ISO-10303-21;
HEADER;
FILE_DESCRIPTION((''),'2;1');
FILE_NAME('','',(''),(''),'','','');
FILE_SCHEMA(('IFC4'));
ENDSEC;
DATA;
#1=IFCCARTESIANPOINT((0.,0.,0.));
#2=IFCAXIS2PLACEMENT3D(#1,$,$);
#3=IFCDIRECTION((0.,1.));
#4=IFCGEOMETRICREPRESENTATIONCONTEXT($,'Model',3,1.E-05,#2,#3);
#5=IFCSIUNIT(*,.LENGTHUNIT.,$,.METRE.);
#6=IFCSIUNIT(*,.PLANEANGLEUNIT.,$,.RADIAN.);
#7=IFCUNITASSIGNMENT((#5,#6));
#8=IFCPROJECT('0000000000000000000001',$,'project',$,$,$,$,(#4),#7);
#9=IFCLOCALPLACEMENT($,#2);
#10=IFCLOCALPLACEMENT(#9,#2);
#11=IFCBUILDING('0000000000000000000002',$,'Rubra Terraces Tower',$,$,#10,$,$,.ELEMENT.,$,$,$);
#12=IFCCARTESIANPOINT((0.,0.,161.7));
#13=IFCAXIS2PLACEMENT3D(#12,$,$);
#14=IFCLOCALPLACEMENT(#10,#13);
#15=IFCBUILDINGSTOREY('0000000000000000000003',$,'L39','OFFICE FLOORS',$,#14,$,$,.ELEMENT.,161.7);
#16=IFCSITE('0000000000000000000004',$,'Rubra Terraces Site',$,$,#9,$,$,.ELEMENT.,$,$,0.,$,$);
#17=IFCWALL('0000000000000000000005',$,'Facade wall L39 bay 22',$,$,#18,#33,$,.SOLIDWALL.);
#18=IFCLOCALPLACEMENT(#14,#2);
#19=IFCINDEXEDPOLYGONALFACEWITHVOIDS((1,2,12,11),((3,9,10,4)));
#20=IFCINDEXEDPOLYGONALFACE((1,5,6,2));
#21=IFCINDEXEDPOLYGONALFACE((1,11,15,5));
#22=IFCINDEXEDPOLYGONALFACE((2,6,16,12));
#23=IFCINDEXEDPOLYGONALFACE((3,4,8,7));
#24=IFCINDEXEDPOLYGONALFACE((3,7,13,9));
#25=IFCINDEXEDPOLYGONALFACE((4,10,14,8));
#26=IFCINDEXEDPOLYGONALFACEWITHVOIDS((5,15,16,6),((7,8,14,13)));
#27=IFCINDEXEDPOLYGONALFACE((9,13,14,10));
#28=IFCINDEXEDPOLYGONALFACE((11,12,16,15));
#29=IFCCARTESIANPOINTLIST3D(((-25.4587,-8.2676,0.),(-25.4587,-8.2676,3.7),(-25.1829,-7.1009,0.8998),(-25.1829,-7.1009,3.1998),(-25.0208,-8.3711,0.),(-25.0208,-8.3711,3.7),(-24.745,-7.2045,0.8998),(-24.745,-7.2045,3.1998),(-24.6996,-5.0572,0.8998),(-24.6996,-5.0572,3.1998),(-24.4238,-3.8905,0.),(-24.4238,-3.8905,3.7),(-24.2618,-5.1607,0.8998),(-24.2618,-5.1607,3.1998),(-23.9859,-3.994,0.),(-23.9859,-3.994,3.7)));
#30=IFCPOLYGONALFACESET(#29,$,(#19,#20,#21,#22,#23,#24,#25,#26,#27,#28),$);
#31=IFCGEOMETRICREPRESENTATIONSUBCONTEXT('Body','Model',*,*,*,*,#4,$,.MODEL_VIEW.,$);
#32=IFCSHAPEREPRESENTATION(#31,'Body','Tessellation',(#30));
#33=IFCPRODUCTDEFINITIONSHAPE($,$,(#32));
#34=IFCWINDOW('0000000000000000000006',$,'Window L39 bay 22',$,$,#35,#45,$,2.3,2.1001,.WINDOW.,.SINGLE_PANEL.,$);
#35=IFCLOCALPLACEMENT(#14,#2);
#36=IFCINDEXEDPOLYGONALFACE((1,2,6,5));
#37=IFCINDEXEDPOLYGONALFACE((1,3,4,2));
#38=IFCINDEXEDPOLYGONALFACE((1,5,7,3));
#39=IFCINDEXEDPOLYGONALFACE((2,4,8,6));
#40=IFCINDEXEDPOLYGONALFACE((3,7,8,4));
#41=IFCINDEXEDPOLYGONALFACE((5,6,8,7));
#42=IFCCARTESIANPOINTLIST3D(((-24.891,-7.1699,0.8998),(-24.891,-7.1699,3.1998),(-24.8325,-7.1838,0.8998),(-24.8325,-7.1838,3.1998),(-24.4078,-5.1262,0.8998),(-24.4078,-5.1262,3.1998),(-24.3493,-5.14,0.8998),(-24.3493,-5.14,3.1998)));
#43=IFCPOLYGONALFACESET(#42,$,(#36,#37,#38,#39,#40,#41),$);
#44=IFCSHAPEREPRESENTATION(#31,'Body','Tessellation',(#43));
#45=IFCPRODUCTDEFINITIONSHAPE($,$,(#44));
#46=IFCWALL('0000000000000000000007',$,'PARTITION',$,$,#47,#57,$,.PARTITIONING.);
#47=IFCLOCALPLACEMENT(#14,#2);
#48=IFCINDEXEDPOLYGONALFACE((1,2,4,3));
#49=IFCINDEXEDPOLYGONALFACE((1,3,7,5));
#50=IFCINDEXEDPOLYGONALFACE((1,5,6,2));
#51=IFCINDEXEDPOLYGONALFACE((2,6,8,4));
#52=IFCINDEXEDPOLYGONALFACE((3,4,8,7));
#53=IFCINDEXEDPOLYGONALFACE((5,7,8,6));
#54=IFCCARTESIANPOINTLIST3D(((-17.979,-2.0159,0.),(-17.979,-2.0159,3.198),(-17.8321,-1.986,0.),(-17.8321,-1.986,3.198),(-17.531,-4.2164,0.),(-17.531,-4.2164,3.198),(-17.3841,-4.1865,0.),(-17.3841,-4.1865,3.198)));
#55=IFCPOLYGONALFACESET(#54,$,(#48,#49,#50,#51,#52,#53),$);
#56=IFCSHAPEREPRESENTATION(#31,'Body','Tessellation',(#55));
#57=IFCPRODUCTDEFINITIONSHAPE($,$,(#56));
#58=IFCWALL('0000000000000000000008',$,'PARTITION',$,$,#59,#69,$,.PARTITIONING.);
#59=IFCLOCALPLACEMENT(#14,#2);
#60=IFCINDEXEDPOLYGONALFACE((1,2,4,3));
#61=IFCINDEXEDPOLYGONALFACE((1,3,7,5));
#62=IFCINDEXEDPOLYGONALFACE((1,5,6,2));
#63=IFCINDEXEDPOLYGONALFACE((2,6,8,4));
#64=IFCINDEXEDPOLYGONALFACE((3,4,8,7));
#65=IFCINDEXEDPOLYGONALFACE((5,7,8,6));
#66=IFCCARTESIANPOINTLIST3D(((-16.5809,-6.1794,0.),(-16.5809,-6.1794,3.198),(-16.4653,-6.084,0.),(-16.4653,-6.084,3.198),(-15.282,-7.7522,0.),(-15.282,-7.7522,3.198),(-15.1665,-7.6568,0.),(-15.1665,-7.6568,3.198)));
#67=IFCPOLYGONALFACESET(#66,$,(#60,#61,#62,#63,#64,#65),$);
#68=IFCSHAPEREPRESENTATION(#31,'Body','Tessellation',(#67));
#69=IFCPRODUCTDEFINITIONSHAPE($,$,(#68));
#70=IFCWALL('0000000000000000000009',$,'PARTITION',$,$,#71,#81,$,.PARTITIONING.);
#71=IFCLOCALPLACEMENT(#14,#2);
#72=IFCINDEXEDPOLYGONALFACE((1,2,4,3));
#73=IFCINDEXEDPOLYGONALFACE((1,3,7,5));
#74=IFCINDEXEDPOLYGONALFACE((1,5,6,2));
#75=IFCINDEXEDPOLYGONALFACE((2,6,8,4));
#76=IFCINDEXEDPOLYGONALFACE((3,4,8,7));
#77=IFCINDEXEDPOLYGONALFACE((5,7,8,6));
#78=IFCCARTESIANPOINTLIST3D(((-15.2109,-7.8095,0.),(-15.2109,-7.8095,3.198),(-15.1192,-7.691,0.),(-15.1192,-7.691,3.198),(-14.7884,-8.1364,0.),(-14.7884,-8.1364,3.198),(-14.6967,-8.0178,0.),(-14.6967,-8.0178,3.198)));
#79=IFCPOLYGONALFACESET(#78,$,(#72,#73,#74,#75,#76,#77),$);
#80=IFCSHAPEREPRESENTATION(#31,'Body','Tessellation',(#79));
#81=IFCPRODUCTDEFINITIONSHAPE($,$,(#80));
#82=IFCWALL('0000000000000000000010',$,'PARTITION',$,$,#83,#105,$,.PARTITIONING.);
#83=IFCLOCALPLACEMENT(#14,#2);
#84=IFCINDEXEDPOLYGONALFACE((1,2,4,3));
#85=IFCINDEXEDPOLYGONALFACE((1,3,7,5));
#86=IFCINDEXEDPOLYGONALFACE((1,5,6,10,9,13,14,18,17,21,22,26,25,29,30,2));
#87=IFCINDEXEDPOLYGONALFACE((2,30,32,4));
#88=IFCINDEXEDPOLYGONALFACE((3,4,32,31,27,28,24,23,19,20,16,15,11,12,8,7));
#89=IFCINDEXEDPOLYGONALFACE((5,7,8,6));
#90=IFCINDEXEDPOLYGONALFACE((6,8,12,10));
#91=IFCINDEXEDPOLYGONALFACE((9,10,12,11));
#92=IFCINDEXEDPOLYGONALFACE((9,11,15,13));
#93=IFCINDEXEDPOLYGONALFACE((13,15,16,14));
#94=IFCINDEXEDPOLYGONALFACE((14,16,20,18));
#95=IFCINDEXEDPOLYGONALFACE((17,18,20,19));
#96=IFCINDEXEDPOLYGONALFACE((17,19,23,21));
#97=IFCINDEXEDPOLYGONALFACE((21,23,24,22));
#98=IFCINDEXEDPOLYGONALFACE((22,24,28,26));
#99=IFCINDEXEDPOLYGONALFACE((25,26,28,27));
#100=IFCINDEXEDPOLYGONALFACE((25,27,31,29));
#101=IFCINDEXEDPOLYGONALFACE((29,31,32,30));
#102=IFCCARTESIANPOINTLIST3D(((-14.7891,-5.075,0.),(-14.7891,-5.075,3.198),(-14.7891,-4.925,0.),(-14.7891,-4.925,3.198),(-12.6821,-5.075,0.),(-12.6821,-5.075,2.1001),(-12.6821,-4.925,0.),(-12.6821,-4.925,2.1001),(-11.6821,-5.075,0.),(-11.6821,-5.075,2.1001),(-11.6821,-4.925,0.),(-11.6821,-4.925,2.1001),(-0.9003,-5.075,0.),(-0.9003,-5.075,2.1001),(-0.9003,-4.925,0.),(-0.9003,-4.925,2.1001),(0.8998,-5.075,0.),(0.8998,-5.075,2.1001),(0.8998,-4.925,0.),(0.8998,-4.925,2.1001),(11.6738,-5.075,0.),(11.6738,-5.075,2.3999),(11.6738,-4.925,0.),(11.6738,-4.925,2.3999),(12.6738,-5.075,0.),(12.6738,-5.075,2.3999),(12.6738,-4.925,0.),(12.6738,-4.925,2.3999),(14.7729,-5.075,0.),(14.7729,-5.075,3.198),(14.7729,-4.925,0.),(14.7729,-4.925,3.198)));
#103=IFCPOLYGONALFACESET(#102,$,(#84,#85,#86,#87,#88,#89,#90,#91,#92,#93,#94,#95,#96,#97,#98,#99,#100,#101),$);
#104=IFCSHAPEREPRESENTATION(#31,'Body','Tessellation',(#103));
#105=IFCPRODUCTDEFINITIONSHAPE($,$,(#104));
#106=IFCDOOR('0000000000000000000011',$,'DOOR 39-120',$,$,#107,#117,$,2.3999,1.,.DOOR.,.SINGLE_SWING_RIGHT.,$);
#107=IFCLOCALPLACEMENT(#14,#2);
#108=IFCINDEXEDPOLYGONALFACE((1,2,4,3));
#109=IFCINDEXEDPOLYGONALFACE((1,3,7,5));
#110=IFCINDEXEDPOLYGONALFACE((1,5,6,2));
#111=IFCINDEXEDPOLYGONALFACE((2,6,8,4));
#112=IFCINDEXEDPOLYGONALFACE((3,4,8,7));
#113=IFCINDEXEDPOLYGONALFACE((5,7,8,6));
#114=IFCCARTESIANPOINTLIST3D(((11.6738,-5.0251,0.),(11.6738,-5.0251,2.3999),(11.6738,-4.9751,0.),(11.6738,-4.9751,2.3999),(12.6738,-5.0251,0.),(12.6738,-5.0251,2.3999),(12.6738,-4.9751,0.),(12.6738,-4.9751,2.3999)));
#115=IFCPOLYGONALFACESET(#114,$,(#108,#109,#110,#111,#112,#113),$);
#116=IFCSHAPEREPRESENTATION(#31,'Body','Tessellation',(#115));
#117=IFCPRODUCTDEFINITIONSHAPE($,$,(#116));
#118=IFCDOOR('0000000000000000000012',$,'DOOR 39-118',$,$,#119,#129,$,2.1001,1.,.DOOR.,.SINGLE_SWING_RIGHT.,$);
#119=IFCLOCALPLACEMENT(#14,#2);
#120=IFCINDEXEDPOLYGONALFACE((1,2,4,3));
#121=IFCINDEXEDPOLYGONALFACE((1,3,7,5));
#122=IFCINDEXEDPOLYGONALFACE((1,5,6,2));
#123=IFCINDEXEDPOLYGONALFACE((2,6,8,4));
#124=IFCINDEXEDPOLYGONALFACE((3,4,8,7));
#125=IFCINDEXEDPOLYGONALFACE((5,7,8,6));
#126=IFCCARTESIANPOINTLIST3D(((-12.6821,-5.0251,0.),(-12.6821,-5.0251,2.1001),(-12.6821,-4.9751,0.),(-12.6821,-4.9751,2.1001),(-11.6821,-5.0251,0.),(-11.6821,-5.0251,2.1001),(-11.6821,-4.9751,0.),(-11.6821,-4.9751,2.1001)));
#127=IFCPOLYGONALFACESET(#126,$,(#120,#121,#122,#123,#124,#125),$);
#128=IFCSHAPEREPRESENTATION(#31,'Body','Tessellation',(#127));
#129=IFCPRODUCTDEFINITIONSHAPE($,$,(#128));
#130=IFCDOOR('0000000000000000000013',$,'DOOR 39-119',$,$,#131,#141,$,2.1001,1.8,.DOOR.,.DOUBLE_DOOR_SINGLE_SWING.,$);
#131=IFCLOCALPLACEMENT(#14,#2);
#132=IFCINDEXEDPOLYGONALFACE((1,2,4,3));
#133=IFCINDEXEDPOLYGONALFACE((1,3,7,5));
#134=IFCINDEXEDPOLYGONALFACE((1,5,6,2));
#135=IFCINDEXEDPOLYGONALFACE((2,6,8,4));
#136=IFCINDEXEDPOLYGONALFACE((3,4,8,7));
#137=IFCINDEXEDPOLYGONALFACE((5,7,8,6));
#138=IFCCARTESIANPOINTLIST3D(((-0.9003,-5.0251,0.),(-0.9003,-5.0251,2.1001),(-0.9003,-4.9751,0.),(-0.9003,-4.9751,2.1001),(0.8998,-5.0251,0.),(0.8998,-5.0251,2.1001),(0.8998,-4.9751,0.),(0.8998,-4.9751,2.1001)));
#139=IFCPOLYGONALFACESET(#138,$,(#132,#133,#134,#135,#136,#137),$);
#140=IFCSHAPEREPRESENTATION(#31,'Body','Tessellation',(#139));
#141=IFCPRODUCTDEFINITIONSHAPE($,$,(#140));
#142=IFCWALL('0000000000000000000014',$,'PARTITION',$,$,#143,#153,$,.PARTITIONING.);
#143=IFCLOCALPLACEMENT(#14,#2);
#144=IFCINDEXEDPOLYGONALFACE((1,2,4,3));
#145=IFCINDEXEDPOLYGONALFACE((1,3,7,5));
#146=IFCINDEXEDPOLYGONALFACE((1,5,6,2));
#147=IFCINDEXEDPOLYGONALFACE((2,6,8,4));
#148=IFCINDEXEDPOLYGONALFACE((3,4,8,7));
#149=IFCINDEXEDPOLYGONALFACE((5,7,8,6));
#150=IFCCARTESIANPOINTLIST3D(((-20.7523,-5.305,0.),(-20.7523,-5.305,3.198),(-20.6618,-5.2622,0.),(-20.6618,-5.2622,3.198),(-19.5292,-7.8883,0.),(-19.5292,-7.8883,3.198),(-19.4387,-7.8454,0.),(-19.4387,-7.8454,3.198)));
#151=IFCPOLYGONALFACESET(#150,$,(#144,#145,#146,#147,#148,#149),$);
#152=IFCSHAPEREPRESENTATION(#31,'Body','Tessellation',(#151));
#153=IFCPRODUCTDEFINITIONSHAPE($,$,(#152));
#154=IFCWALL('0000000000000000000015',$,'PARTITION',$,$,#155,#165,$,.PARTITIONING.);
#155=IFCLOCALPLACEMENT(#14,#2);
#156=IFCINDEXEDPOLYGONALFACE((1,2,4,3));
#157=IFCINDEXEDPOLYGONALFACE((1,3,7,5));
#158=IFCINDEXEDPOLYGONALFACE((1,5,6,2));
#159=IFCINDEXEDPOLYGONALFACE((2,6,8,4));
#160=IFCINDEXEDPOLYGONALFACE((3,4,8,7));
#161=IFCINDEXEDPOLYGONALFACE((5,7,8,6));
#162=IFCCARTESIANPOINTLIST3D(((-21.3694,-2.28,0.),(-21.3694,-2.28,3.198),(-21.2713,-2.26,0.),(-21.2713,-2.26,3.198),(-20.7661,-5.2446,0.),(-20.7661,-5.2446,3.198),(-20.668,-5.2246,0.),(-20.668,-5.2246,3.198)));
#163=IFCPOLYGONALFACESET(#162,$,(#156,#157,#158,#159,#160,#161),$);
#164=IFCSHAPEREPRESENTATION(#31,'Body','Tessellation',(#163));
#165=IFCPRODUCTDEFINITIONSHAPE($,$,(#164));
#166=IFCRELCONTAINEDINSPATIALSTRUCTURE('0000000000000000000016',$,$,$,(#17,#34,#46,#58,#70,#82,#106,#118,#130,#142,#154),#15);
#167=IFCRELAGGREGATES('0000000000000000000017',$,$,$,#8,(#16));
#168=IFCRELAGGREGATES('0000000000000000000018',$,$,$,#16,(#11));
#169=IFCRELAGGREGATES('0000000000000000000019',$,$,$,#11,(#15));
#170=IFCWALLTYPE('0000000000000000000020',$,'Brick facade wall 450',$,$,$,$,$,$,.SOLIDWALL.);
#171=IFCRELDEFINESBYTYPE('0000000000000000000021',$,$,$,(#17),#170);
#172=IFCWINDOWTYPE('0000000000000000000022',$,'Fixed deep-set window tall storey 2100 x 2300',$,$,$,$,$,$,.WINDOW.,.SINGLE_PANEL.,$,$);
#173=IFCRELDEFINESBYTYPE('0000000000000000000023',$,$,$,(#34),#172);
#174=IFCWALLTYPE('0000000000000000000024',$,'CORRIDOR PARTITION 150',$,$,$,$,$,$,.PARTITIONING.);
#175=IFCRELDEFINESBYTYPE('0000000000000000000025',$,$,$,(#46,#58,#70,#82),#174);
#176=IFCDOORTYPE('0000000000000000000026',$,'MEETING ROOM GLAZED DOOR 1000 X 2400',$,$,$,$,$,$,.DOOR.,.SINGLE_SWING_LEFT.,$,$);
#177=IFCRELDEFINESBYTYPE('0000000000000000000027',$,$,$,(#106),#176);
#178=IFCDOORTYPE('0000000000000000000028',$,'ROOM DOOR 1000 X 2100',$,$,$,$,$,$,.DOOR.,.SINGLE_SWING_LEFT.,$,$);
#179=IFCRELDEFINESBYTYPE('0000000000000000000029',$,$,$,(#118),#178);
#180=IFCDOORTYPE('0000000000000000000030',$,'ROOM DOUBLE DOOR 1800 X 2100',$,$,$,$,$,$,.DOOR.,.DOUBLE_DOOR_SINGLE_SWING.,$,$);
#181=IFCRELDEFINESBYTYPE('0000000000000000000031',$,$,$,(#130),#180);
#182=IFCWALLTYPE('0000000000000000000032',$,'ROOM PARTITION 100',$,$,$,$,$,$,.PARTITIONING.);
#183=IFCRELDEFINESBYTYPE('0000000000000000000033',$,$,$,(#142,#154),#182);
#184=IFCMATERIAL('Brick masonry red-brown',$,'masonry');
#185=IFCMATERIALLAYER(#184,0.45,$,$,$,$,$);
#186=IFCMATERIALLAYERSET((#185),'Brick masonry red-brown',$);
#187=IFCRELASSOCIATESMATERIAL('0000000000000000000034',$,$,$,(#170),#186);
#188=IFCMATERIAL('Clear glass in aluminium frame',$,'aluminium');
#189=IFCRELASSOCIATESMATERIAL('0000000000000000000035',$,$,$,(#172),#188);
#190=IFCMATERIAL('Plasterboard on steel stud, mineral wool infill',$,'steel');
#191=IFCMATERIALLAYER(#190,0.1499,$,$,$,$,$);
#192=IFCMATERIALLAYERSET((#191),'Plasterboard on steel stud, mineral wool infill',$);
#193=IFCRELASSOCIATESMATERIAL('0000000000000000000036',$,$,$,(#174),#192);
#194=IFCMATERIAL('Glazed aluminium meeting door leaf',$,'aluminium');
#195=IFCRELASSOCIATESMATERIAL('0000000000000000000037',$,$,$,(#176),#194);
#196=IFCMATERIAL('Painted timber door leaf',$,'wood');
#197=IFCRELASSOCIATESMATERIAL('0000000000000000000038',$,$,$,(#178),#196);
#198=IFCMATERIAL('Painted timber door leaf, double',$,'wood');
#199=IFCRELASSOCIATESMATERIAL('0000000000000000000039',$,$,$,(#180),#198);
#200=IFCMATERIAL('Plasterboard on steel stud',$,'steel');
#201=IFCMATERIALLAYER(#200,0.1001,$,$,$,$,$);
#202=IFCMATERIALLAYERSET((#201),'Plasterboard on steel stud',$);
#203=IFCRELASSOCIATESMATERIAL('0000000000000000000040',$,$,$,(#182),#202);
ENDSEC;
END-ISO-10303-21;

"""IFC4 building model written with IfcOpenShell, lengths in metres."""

from ifc_helpers import new_model, si_unit, direction, frame, frame_2d, origin, place, context, subcontext, project, spatial, rectangle, extrude, material, layer, layer_set, type_object, element, fill, save


model = new_model("IFC4")

# Units and contexts
model_context = context("Model", 3, precision=1e-05, world=origin(), true_north=direction((0.0, 1.0)))
body_context = subcontext(model_context, "Body", "Model", "MODEL_VIEW")
ifc_project = project(units=[si_unit("LENGTHUNIT", "METRE"), si_unit("PLANEANGLEUNIT", "RADIAN")], contexts=[model_context])

# Site, building, storey
site_placement = place(None, origin())
site = spatial("IfcSite", under=ifc_project, at=site_placement, Name="Rubra Terraces Site", CompositionType="ELEMENT", RefElevation=0.0)
building_placement = place(site_placement, origin())
building = spatial("IfcBuilding", under=site, at=building_placement, Name="Rubra Terraces Tower", CompositionType="ELEMENT")
storey_placement = place(building_placement, frame((0.0, 0.0, 161.7)))
storey = spatial("IfcBuildingStorey", under=building, at=storey_placement, Name="L39", Description="OFFICE FLOORS", CompositionType="ELEMENT", Elevation=161.7)

# Wall, opening, window
ifc_material_1 = material(Name="Brick masonry red-brown", Category="masonry")
ifc_layer_1 = layer(ifc_material_1, 0.45)
ifc_layer_set_1 = layer_set([ifc_layer_1], Name="Brick masonry red-brown")
wall_type_1 = type_object("IfcWallType", Name="Brick facade wall 450", PredefinedType="SOLIDWALL", material=ifc_layer_set_1)
ifc_material_2 = material(Name="Clear glass in aluminium frame", Category="aluminium")
window_type = type_object("IfcWindowType", Name="Fixed deep-set window tall storey 2100 x 2300", PartitioningType="SINGLE_PANEL", PredefinedType="WINDOW", material=ifc_material_2)
wall_1_placement = place(storey_placement, frame((-24.2048, -3.9421, 0.0), z_axis=(0.0, 0.0, 1.0), x_axis=(-0.230089, -0.97317, 0.0)))
wall_1 = element("IfcWall", 1, at=wall_1_placement, inside=storey, type_object=wall_type_1, Name="Facade wall L39 bay 22", PredefinedType="SOLIDWALL", context=body_context, shape_type="SweptSolid", body=[
    extrude(rectangle(XDim=4.4978, YDim=0.45, at=frame_2d((2.249, 0.0))), origin(), (0.0, 0.0, 1.0), 3.7),
])
opening_1_placement = place(wall_1_placement, frame((1.199, 0.0, 0.8999)))
opening_1 = element("IfcOpeningElement", 2, at=opening_1_placement, cuts=wall_1, PredefinedType="OPENING", context=body_context, shape_type="SweptSolid", body=[
    extrude(rectangle(XDim=2.1001, YDim=2.3, at=frame_2d((1.05, 1.1499))), frame((0.0, 0.2349, 0.0), z_axis=(0.0, -1.0, 0.0), x_axis=(1.0, 0.0, 0.0)), (0.0, 0.0, 1.0), 0.47),
])
window_1_placement = place(opening_1_placement, origin())
window_1 = element("IfcWindow", 3, at=window_1_placement, inside=storey, type_object=window_type, Name="Window L39 bay 22", OverallHeight=2.3, OverallWidth=2.1001, PartitioningType="SINGLE_PANEL", PredefinedType="WINDOW", context=body_context, shape_type="SweptSolid", body=[
    extrude(rectangle(XDim=2.1001, YDim=2.3, at=frame_2d((1.05, 1.1499))), frame((0.0, 0.135, 0.0), z_axis=(0.0, -1.0, 0.0), x_axis=(1.0, 0.0, 0.0)), (0.0, 0.0, 1.0), 0.0601),
])
fill(opening_1, window_1)

# Wall
ifc_material_3 = material(Name="Plasterboard on steel stud, mineral wool infill", Category="steel")
ifc_layer_2 = layer(ifc_material_3, 0.1499)
ifc_layer_set_2 = layer_set([ifc_layer_2], Name="Plasterboard on steel stud, mineral wool infill")
wall_type_2 = type_object("IfcWallType", Name="CORRIDOR PARTITION 150", PredefinedType="PARTITIONING", material=ifc_layer_set_2)
wall_2_placement = place(storey_placement, frame((-17.9055, -2.001, 0.0), z_axis=(0.0, 0.0, 1.0), x_axis=(0.199502, -0.979897, 0.0)))
element("IfcWall", 4, at=wall_2_placement, inside=storey, type_object=wall_type_2, Name="PARTITION", PredefinedType="PARTITIONING", context=body_context, shape_type="SweptSolid", body=[
    extrude(rectangle(XDim=2.2456, YDim=0.1499, at=frame_2d((1.1228, 0.0))), origin(), (0.0, 0.0, 1.0), 3.198),
])

# Shared definitions
ifc_material_4 = material(Name="Glazed aluminium meeting door leaf", Category="aluminium")
door_type_1 = type_object("IfcDoorType", Name="MEETING ROOM GLAZED DOOR 1000 X 2400", OperationType="SINGLE_SWING_LEFT", PredefinedType="DOOR", material=ifc_material_4)

# Walls
wall_3_placement = place(storey_placement, frame((-16.5232, -6.1316, 0.0), z_axis=(0.0, 0.0, 1.0), x_axis=(0.636764, -0.771059, 0.0)))
element("IfcWall", 5, at=wall_3_placement, inside=storey, type_object=wall_type_2, Name="PARTITION", PredefinedType="PARTITIONING", context=body_context, shape_type="SweptSolid", body=[
    extrude(rectangle(XDim=2.0398, YDim=0.1499, at=frame_2d((1.02, 0.0))), origin(), (0.0, 0.0, 1.0), 3.198),
])
wall_4_placement = place(storey_placement, frame((-15.165, -7.7502, 0.0), z_axis=(0.0, 0.0, 1.0), x_axis=(0.790973, -0.611851, 0.0)))
element("IfcWall", 6, at=wall_4_placement, inside=storey, type_object=wall_type_2, Name="PARTITION", PredefinedType="PARTITIONING", context=body_context, shape_type="SweptSolid", body=[
    extrude(rectangle(XDim=0.5342, YDim=0.1499, at=frame_2d((0.2671, 0.0))), origin(), (0.0, 0.0, 1.0), 3.198),
])

# Wall, openings, doors
wall_5_placement = place(storey_placement, frame((-14.7891, -5.0, 0.0), z_axis=(0.0, 0.0, 1.0), x_axis=(1.0, 0.0, 0.0)))
wall_5 = element("IfcWall", 7, at=wall_5_placement, inside=storey, type_object=wall_type_2, Name="PARTITION", PredefinedType="PARTITIONING", context=body_context, shape_type="SweptSolid", body=[
    extrude(rectangle(XDim=29.562, YDim=0.1499, at=frame_2d((14.781, 0.0))), origin(), (0.0, 0.0, 1.0), 3.198),
])
opening_2_placement = place(wall_5_placement, frame((2.1069, 0.0, 0.0)))
opening_2 = element("IfcOpeningElement", 8, at=opening_2_placement, cuts=wall_5, PredefinedType="OPENING", context=body_context, shape_type="SweptSolid", body=[
    extrude(rectangle(XDim=1.0, YDim=2.1001, at=frame_2d((0.5, 1.05))), frame((0.0, 0.085, 0.0), z_axis=(0.0, -1.0, 0.0), x_axis=(1.0, 0.0, 0.0)), (0.0, 0.0, 1.0), 0.1699),
])
opening_3_placement = place(wall_5_placement, frame((13.8889, 0.0, 0.0)))
opening_3 = element("IfcOpeningElement", 9, at=opening_3_placement, cuts=wall_5, PredefinedType="OPENING", context=body_context, shape_type="SweptSolid", body=[
    extrude(rectangle(XDim=1.8, YDim=2.1001, at=frame_2d((0.8999, 1.05))), frame((0.0, 0.085, 0.0), z_axis=(0.0, -1.0, 0.0), x_axis=(1.0, 0.0, 0.0)), (0.0, 0.0, 1.0), 0.1699),
])
opening_4_placement = place(wall_5_placement, frame((26.4629, 0.0, 0.0)))
opening_4 = element("IfcOpeningElement", 10, at=opening_4_placement, cuts=wall_5, PredefinedType="OPENING", context=body_context, shape_type="SweptSolid", body=[
    extrude(rectangle(XDim=1.0, YDim=2.3999, at=frame_2d((0.5, 1.2))), frame((0.0, 0.085, 0.0), z_axis=(0.0, -1.0, 0.0), x_axis=(1.0, 0.0, 0.0)), (0.0, 0.0, 1.0), 0.1699),
])
door_1_placement = place(opening_4_placement, origin())
door_1 = element("IfcDoor", 11, at=door_1_placement, inside=storey, type_object=door_type_1, Name="DOOR 39-120", OperationType="SINGLE_SWING_RIGHT", OverallHeight=2.3999, OverallWidth=1.0, PredefinedType="DOOR", context=body_context, shape_type="SweptSolid", body=[
    extrude(rectangle(XDim=1.0, YDim=2.3999, at=frame_2d((0.5, 1.2))), frame((0.0, 0.0249, 0.0), z_axis=(0.0, -1.0, 0.0), x_axis=(1.0, 0.0, 0.0)), (0.0, 0.0, 1.0), 0.05),
])
fill(opening_4, door_1)
ifc_material_5 = material(Name="Painted timber door leaf", Category="wood")
door_type_2 = type_object("IfcDoorType", Name="ROOM DOOR 1000 X 2100", OperationType="SINGLE_SWING_LEFT", PredefinedType="DOOR", material=ifc_material_5)
door_2_placement = place(opening_2_placement, origin())
door_2 = element("IfcDoor", 12, at=door_2_placement, inside=storey, type_object=door_type_2, Name="DOOR 39-118", OperationType="SINGLE_SWING_RIGHT", OverallHeight=2.1001, OverallWidth=1.0, PredefinedType="DOOR", context=body_context, shape_type="SweptSolid", body=[
    extrude(rectangle(XDim=1.0, YDim=2.1001, at=frame_2d((0.5, 1.05))), frame((0.0, 0.0249, 0.0), z_axis=(0.0, -1.0, 0.0), x_axis=(1.0, 0.0, 0.0)), (0.0, 0.0, 1.0), 0.05),
])
fill(opening_2, door_2)
ifc_material_6 = material(Name="Painted timber door leaf, double", Category="wood")
door_type_3 = type_object("IfcDoorType", Name="ROOM DOUBLE DOOR 1800 X 2100", OperationType="DOUBLE_DOOR_SINGLE_SWING", PredefinedType="DOOR", material=ifc_material_6)
door_3_placement = place(opening_3_placement, origin())
door_3 = element("IfcDoor", 13, at=door_3_placement, inside=storey, type_object=door_type_3, Name="DOOR 39-119", OperationType="DOUBLE_DOOR_SINGLE_SWING", OverallHeight=2.1001, OverallWidth=1.8, PredefinedType="DOOR", context=body_context, shape_type="SweptSolid", body=[
    extrude(rectangle(XDim=1.8, YDim=2.1001, at=frame_2d((0.8999, 1.05))), frame((0.0, 0.0249, 0.0), z_axis=(0.0, -1.0, 0.0), x_axis=(1.0, 0.0, 0.0)), (0.0, 0.0, 1.0), 0.05),
])
fill(opening_3, door_3)

# Walls
ifc_material_7 = material(Name="Plasterboard on steel stud", Category="steel")
ifc_layer_3 = layer(ifc_material_7, 0.1001)
ifc_layer_set_3 = layer_set([ifc_layer_3], Name="Plasterboard on steel stud")
wall_type_3 = type_object("IfcWallType", Name="ROOM PARTITION 100", PredefinedType="PARTITIONING", material=ifc_layer_set_3)
wall_6_placement = place(storey_placement, frame((-19.4839, -7.8669, 0.0), z_axis=(0.0, 0.0, 1.0), x_axis=(-0.427943, 0.903806, 0.0)))
element("IfcWall", 14, at=wall_6_placement, inside=storey, type_object=wall_type_3, Name="PARTITION", PredefinedType="PARTITIONING", context=body_context, shape_type="SweptSolid", body=[
    extrude(rectangle(XDim=2.8582, YDim=0.1001, at=frame_2d((1.4292, 0.0))), origin(), (0.0, 0.0, 1.0), 3.198),
])
wall_7_placement = place(storey_placement, frame((-20.717, -5.2346, 0.0), z_axis=(0.0, 0.0, 1.0), x_axis=(-0.199405, 0.979917, 0.0)))
element("IfcWall", 15, at=wall_7_placement, inside=storey, type_object=wall_type_3, Name="PARTITION", PredefinedType="PARTITIONING", context=body_context, shape_type="SweptSolid", body=[
    extrude(rectangle(XDim=3.0254, YDim=0.1001, at=frame_2d((1.5127, 0.0))), origin(), (0.0, 0.0, 1.0), 3.198),
])

save(model, "model.ifc")
